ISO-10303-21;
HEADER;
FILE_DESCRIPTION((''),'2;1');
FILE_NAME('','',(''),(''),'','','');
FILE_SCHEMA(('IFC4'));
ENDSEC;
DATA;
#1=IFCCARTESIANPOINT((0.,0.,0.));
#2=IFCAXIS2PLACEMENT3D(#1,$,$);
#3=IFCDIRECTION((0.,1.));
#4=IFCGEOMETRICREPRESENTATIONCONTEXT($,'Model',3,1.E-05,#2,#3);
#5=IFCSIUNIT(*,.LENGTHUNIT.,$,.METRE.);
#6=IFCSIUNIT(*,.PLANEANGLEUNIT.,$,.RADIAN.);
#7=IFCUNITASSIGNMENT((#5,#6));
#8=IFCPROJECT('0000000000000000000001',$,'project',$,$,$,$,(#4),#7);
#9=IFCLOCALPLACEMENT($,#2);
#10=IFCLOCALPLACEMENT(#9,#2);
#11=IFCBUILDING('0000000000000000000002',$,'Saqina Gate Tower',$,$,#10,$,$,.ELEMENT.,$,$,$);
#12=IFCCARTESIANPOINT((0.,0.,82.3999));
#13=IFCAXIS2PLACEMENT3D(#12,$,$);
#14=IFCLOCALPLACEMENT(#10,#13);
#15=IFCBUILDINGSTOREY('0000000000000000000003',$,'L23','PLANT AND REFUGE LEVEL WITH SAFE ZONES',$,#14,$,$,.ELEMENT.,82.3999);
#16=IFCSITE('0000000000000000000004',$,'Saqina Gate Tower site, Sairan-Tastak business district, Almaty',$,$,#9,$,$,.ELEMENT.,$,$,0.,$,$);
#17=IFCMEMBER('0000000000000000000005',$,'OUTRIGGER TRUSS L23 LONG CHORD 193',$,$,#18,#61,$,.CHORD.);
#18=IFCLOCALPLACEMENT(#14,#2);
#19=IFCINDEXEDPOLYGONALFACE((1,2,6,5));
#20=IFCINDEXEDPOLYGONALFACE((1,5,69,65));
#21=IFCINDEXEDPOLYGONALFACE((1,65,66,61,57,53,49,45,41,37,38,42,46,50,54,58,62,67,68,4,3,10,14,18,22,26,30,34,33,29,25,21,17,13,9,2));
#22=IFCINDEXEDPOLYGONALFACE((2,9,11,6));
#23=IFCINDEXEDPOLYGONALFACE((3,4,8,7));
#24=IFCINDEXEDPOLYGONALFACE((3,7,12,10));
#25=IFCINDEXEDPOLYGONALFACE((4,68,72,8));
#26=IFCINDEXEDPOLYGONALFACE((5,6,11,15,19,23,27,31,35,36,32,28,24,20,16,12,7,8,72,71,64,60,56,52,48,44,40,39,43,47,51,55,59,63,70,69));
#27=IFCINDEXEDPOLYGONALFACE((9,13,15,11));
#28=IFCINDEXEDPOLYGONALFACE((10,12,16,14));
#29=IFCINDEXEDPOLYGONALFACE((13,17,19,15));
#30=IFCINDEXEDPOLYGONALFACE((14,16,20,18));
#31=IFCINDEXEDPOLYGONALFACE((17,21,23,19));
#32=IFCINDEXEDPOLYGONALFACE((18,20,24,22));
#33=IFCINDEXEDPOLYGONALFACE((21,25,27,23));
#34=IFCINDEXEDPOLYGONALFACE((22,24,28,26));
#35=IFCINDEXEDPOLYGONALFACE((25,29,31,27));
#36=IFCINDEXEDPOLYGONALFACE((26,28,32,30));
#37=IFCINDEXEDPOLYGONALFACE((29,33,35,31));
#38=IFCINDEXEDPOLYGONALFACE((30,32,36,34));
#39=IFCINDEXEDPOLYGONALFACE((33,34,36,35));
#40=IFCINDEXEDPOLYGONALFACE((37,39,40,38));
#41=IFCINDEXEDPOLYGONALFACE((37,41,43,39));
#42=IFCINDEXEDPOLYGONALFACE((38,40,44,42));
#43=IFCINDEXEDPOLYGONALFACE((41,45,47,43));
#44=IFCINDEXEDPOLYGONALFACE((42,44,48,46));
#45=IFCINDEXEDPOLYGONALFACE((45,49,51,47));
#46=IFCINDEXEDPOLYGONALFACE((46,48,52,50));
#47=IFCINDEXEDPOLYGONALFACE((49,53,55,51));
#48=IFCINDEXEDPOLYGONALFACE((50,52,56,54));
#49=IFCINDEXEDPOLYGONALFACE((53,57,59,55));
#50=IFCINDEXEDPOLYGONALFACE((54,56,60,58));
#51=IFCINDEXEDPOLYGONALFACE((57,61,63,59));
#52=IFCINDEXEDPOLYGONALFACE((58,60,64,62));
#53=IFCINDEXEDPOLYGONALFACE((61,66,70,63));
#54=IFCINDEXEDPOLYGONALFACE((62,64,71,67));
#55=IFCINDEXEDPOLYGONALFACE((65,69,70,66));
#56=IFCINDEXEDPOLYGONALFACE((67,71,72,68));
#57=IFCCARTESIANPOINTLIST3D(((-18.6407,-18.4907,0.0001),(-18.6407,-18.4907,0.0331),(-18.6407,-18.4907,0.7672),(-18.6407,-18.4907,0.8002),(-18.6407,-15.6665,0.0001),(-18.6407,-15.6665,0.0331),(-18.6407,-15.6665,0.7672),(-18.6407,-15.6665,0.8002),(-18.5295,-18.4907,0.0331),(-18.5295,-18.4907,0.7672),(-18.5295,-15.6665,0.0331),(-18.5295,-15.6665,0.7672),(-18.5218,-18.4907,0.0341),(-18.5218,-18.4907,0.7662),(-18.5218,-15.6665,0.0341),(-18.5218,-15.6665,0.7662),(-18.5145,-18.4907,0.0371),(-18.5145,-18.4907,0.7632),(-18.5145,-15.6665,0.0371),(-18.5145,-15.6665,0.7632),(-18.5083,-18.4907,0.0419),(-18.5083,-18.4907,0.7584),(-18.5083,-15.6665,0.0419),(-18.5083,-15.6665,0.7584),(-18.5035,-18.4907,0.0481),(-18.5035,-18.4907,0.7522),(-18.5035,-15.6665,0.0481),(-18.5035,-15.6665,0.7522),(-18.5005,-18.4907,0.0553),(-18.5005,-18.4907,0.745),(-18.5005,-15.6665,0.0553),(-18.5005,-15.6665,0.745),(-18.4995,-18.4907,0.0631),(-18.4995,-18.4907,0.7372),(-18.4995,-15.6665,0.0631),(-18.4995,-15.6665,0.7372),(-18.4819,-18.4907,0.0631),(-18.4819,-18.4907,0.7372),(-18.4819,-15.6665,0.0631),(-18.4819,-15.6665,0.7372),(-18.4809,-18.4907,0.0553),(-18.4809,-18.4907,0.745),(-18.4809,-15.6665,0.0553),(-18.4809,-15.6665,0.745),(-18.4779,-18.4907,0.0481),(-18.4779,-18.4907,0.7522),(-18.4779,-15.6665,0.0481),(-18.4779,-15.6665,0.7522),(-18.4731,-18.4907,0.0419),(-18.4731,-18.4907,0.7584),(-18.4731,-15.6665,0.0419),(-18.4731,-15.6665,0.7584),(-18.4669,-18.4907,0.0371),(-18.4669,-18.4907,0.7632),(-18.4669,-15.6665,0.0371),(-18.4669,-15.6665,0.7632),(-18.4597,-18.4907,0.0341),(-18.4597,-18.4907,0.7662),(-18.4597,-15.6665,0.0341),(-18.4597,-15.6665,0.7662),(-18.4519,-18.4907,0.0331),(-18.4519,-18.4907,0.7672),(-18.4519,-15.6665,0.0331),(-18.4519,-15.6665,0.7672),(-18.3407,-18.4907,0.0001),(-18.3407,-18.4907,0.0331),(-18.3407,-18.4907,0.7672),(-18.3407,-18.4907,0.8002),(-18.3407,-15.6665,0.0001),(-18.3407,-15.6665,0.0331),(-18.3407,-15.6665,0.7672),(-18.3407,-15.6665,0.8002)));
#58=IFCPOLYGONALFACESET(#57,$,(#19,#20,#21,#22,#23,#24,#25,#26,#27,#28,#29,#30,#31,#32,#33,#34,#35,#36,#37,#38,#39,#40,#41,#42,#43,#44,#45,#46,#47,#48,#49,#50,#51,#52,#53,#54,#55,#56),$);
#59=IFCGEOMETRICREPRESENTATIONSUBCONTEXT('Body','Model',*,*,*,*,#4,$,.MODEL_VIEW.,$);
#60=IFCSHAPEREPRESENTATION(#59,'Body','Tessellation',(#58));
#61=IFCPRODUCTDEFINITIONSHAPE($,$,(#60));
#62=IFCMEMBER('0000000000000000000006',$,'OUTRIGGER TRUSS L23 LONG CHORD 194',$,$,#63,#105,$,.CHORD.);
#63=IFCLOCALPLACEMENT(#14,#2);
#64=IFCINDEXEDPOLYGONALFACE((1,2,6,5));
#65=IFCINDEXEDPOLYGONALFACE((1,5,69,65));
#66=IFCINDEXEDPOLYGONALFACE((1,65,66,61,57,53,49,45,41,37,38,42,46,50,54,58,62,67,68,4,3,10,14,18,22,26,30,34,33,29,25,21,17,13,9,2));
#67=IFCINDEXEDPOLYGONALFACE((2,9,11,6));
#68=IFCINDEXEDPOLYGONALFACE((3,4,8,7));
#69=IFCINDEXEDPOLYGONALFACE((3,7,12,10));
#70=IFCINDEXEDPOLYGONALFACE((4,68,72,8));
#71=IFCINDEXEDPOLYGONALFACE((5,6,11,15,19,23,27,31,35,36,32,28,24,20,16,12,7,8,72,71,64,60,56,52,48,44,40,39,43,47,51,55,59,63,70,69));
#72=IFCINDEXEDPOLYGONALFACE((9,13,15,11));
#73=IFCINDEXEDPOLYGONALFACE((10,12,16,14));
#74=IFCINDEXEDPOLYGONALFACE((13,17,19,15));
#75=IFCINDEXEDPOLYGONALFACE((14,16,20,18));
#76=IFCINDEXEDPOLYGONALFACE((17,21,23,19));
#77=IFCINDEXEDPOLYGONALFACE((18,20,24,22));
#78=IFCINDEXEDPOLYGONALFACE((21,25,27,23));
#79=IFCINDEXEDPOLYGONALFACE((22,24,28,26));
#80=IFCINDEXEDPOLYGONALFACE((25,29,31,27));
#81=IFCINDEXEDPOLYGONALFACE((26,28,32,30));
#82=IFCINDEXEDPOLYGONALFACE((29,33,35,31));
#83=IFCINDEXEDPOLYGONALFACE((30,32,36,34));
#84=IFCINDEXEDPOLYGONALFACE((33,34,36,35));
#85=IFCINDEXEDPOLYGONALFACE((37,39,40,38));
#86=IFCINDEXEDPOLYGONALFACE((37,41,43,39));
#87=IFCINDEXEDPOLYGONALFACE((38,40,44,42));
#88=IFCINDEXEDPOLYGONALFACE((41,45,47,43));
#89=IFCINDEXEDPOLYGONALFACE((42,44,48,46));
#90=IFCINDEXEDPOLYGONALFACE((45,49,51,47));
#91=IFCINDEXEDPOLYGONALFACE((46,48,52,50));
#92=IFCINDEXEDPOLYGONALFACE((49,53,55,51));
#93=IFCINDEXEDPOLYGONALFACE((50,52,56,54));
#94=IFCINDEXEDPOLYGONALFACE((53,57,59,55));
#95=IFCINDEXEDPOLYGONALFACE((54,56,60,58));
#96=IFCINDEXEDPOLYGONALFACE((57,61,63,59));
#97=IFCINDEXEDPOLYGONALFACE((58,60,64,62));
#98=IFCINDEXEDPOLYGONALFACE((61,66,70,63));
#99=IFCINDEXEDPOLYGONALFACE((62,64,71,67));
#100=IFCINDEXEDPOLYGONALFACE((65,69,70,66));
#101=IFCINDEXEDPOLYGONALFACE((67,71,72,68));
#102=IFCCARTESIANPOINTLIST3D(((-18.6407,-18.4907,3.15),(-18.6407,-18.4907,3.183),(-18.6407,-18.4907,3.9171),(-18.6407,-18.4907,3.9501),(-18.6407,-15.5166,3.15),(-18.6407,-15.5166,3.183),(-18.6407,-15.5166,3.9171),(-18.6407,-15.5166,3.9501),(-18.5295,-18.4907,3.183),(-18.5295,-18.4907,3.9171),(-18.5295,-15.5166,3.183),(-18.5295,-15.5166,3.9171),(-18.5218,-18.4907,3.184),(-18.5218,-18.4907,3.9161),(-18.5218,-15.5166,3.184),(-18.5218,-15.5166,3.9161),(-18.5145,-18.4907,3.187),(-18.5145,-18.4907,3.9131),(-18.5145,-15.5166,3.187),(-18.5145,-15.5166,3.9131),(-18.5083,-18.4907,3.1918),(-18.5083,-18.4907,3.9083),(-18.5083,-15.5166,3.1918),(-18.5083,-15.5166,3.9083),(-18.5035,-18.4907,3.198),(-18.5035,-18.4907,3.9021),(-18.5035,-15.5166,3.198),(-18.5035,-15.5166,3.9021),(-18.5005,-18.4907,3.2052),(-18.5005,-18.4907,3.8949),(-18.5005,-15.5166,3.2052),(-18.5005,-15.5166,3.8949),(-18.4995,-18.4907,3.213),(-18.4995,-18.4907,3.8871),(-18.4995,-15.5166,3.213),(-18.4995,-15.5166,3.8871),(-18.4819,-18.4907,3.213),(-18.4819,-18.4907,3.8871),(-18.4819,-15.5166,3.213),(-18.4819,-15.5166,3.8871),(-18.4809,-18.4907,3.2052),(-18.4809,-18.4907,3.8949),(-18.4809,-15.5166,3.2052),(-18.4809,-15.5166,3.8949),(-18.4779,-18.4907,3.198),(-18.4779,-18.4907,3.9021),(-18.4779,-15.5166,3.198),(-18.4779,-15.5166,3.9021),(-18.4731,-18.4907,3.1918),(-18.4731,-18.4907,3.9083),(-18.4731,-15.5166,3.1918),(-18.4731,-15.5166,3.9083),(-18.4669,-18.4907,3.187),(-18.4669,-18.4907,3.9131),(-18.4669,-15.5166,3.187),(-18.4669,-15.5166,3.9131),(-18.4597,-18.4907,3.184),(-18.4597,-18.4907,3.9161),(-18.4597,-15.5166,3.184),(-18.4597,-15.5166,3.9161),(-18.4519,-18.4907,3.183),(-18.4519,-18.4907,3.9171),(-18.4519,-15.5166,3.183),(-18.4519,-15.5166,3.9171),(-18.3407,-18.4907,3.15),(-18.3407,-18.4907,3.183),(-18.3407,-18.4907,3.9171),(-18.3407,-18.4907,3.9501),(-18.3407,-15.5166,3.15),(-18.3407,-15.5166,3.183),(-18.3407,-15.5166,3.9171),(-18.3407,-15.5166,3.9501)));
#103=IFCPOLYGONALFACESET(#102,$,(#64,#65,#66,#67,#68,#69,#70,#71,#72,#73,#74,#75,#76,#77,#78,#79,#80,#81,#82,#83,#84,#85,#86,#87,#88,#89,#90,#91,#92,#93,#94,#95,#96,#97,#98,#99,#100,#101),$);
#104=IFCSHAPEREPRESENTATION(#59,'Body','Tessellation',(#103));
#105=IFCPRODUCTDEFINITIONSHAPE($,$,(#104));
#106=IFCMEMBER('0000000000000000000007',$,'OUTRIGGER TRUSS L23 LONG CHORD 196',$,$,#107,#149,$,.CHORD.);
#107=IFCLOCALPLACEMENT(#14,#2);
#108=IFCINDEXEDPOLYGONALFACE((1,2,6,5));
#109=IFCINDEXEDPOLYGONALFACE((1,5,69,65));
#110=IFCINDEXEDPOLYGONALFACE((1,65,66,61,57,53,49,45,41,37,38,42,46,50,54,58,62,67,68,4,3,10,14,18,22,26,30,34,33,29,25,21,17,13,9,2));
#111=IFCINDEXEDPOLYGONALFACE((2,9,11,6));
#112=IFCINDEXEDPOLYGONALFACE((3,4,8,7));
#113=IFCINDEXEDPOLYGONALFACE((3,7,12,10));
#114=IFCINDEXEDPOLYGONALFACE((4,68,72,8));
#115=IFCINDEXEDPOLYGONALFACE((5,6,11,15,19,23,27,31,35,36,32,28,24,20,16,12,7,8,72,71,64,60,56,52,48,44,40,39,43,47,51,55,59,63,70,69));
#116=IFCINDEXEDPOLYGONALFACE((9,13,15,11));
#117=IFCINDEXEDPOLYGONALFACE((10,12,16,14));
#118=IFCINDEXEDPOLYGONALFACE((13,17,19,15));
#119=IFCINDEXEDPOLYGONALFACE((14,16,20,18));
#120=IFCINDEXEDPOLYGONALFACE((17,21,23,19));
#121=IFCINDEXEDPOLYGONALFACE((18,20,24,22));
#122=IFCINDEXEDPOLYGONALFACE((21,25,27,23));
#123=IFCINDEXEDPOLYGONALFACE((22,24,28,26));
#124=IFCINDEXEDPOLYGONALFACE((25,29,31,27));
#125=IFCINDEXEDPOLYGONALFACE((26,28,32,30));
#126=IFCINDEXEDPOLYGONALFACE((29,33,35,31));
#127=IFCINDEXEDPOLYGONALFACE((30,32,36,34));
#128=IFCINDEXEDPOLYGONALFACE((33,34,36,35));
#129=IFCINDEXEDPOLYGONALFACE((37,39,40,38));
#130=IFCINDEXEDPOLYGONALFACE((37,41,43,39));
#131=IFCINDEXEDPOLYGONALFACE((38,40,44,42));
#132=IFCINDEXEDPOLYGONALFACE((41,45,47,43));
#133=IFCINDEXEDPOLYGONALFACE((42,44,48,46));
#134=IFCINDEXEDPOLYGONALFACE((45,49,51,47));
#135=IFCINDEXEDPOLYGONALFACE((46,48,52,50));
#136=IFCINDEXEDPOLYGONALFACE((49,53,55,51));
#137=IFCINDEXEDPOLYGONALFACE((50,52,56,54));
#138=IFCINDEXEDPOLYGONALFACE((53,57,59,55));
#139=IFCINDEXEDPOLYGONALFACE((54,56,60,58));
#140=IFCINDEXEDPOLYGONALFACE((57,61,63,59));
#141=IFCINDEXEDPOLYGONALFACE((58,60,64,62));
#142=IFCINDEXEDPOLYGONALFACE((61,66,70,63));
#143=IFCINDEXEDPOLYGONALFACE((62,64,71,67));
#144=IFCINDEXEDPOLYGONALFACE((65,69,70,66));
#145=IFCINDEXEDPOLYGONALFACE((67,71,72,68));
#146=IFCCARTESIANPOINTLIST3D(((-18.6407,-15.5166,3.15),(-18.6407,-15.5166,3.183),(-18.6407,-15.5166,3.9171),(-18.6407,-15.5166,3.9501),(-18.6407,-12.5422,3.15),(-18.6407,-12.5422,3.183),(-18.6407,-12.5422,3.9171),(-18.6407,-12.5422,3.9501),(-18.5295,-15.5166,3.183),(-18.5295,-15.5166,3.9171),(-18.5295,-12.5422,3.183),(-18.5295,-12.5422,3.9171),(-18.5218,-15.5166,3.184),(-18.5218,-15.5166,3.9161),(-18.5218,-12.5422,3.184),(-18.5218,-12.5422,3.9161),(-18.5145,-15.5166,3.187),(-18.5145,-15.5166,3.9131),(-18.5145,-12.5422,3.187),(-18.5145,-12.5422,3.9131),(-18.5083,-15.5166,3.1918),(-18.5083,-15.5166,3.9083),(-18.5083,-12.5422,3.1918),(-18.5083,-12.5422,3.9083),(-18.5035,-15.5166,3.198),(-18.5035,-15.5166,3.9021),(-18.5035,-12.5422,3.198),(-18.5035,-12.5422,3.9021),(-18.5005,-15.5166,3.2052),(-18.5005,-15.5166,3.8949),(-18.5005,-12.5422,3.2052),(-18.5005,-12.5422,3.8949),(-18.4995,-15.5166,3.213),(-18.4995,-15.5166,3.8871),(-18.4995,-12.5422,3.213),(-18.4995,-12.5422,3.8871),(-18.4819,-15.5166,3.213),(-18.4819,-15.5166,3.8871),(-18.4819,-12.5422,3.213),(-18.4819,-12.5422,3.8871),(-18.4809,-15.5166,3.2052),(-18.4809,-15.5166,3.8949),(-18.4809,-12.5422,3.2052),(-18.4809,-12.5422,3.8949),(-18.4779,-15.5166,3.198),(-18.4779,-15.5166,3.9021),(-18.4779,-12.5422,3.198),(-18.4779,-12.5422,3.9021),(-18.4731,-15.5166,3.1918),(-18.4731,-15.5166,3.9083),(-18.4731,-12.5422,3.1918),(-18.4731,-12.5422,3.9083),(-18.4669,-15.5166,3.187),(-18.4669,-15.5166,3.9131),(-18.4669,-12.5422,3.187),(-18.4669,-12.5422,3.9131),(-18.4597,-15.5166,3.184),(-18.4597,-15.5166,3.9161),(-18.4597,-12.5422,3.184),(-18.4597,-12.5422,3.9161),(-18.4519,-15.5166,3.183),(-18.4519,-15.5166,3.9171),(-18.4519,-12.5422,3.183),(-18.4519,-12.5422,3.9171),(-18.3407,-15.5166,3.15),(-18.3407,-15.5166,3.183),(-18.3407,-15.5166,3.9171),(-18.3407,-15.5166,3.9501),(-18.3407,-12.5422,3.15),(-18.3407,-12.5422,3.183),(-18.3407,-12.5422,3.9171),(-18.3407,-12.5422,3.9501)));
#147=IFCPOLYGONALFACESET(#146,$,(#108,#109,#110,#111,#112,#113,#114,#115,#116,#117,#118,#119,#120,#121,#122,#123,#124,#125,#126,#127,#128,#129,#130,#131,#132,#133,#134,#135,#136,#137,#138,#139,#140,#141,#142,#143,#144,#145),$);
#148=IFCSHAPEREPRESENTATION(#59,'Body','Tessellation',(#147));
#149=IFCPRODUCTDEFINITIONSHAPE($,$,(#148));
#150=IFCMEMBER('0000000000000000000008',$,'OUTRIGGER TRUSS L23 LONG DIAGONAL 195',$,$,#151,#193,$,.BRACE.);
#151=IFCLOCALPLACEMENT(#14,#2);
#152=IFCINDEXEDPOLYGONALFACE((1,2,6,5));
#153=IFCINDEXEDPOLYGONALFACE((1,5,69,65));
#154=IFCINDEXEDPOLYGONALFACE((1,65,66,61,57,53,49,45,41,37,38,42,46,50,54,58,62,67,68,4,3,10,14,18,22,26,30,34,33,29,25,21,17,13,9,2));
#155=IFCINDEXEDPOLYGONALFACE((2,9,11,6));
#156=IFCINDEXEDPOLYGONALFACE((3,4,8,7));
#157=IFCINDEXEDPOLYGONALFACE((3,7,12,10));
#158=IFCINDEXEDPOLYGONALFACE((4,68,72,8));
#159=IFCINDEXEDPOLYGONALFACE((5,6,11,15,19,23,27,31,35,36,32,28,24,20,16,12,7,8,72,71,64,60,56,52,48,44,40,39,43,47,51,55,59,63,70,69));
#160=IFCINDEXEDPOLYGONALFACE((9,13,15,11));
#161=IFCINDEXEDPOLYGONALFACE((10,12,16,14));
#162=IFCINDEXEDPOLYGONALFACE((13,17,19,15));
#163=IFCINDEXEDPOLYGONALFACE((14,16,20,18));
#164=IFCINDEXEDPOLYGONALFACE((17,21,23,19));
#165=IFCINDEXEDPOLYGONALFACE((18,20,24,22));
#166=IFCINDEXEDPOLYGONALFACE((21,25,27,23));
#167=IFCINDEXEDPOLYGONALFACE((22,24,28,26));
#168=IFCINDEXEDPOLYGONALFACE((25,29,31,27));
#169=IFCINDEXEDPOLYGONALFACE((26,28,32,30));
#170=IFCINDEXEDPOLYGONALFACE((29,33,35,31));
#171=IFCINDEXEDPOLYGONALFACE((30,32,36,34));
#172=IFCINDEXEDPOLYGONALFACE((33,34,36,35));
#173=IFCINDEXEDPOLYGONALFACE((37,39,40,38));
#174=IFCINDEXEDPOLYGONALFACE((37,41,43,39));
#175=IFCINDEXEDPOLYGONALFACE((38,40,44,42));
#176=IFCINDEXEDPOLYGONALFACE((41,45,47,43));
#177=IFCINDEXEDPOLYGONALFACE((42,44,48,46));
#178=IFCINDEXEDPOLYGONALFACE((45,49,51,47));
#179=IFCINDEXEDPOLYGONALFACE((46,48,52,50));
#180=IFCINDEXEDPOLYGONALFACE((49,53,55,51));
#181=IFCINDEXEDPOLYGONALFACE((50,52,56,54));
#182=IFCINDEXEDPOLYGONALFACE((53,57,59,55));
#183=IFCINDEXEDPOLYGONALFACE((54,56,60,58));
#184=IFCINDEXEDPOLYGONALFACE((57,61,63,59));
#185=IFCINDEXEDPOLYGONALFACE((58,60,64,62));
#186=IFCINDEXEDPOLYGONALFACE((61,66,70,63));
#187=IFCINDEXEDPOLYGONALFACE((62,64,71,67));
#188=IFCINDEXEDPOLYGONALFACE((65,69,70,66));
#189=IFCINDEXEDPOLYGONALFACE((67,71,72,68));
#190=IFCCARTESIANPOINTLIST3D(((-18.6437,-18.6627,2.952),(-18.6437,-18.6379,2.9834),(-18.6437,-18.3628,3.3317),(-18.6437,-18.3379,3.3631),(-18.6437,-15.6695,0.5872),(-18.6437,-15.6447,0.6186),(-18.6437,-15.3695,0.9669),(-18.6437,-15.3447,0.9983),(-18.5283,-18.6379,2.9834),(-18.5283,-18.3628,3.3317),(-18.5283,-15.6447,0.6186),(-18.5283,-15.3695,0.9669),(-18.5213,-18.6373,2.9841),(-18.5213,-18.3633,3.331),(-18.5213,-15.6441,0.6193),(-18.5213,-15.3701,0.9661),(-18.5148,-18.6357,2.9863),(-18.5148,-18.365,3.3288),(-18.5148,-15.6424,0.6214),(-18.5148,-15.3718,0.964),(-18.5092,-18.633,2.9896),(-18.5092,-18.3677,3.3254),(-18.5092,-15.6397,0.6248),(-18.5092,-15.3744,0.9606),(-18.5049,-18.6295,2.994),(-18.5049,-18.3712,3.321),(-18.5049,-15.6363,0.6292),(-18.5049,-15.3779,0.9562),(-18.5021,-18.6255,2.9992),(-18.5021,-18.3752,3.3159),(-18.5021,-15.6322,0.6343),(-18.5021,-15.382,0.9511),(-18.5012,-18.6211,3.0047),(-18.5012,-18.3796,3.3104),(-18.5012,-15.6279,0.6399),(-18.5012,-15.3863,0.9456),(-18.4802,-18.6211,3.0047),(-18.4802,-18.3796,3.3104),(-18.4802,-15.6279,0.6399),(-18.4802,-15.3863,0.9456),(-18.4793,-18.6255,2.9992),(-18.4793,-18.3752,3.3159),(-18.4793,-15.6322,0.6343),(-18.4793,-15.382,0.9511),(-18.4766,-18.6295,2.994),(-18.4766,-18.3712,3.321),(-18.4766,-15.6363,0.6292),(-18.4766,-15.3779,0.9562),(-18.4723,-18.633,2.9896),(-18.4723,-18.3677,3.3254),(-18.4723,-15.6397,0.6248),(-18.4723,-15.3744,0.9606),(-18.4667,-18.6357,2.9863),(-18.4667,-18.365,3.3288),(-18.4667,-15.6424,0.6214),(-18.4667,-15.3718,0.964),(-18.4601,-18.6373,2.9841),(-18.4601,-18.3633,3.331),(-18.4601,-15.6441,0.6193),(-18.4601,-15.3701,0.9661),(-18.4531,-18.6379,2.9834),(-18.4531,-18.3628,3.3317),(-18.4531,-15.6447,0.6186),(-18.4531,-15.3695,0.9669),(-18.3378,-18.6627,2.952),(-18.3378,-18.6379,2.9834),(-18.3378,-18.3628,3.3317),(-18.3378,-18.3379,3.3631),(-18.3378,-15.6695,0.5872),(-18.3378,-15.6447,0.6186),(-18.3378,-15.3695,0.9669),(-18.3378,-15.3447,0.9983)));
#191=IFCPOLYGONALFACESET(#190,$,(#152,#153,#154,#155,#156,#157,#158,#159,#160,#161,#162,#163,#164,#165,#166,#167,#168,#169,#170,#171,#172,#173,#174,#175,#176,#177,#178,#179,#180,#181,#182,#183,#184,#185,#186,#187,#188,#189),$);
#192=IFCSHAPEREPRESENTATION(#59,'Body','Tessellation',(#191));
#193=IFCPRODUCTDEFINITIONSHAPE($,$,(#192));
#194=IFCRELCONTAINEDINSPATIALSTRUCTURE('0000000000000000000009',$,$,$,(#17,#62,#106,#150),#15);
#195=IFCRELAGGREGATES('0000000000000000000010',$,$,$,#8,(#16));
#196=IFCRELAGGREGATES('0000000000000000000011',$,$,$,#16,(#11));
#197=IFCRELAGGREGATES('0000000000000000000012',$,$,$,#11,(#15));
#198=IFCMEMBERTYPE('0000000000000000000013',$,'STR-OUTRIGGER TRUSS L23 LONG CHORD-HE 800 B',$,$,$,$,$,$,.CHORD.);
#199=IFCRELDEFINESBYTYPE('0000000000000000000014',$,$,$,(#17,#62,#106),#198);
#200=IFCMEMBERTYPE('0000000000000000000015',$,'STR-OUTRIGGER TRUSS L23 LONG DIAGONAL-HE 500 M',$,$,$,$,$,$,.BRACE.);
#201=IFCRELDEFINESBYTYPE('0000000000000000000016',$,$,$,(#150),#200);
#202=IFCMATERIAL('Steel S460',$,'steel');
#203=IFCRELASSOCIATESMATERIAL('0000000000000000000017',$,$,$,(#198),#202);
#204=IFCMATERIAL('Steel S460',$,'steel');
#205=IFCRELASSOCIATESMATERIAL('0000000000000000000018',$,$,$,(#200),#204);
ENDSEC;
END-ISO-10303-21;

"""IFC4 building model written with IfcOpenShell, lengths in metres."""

from ifc_helpers import new_model, si_unit, direction, frame, origin, origin_2d, place, context, subcontext, project, spatial, i_section, extrude, material, material_profile, profile_set, type_object, element, save


model = new_model("IFC4")

# Units and contexts
model_context = context("Model", 3, precision=1e-05, world=origin(), true_north=direction((0.0, 1.0)))
body_context = subcontext(model_context, "Body", "Model", "MODEL_VIEW")
ifc_project = project(units=[si_unit("LENGTHUNIT", "METRE"), si_unit("PLANEANGLEUNIT", "RADIAN")], contexts=[model_context])

# Site, building, storey
site_placement = place(None, origin())
site = spatial("IfcSite", under=ifc_project, at=site_placement, Name="Saqina Gate Tower site, Sairan-Tastak business district, Almaty", CompositionType="ELEMENT", RefElevation=0.0)
building_placement = place(site_placement, origin())
building = spatial("IfcBuilding", under=site, at=building_placement, Name="Saqina Gate Tower", CompositionType="ELEMENT")
storey_placement = place(building_placement, frame((0.0, 0.0, 82.3999)))
storey = spatial("IfcBuildingStorey", under=building, at=storey_placement, Name="L23", Description="PLANT AND REFUGE LEVEL WITH SAFE ZONES", CompositionType="ELEMENT", Elevation=82.3999)

# Members
ifc_material_1 = material(Name="Steel S460", Category="steel")
ifc_material_profile_1 = material_profile(ifc_material_1, i_section(OverallWidth=0.3, OverallDepth=0.8, WebThickness=0.0176, FlangeThickness=0.033, FilletRadius=0.03, at=origin_2d()), Name="HE 800 B")
ifc_profile_set_1 = profile_set([ifc_material_profile_1], Name="Steel S460")
member_type_1 = type_object("IfcMemberType", Name="STR-OUTRIGGER TRUSS L23 LONG CHORD-HE 800 B", PredefinedType="CHORD", material=ifc_profile_set_1)
member_1_placement = place(storey_placement, frame((-18.4907, -15.6665, 0.4001), z_axis=(0.0, -1.0, 0.0), x_axis=(1.0, 0.0, 0.0)))
element("IfcMember", 1, at=member_1_placement, inside=storey, type_object=member_type_1, Name="OUTRIGGER TRUSS L23 LONG CHORD 193", PredefinedType="CHORD", context=body_context, shape_type="SweptSolid", body=[
    extrude(i_section(OverallWidth=0.3, OverallDepth=0.8, WebThickness=0.0176, FlangeThickness=0.033, FilletRadius=0.03, at=origin_2d()), origin(), (0.0, 0.0, 1.0), 2.8242),
])
member_2_placement = place(storey_placement, frame((-18.4907, -15.5166, 3.55), z_axis=(0.0, -1.0, 0.0), x_axis=(1.0, 0.0, 0.0)))
element("IfcMember", 2, at=member_2_placement, inside=storey, type_object=member_type_1, Name="OUTRIGGER TRUSS L23 LONG CHORD 194", PredefinedType="CHORD", context=body_context, shape_type="SweptSolid", body=[
    extrude(i_section(OverallWidth=0.3, OverallDepth=0.8, WebThickness=0.0176, FlangeThickness=0.033, FilletRadius=0.03, at=origin_2d()), origin(), (0.0, 0.0, 1.0), 2.9741),
])
member_3_placement = place(storey_placement, frame((-18.4907, -12.5422, 3.55), z_axis=(0.0, -1.0, 0.0), x_axis=(1.0, 0.0, 0.0)))
element("IfcMember", 3, at=member_3_placement, inside=storey, type_object=member_type_1, Name="OUTRIGGER TRUSS L23 LONG CHORD 196", PredefinedType="CHORD", context=body_context, shape_type="SweptSolid", body=[
    extrude(i_section(OverallWidth=0.3, OverallDepth=0.8, WebThickness=0.0176, FlangeThickness=0.033, FilletRadius=0.03, at=origin_2d()), origin(), (0.0, 0.0, 1.0), 2.9744),
])
ifc_material_2 = material(Name="Steel S460", Category="steel")
ifc_material_profile_2 = material_profile(ifc_material_2, i_section(OverallWidth=0.3059, OverallDepth=0.5239, WebThickness=0.021, FlangeThickness=0.04, FilletRadius=0.0271, at=origin_2d()), Name="HE 500 M")
ifc_profile_set_2 = profile_set([ifc_material_profile_2], Name="Steel S460")
member_type_2 = type_object("IfcMemberType", Name="STR-OUTRIGGER TRUSS L23 LONG DIAGONAL-HE 500 M", PredefinedType="BRACE", material=ifc_profile_set_2)
member_4_placement = place(storey_placement, frame((-18.4907, -15.5071, 0.7927), z_axis=(0.0, -0.784663, 0.619922), x_axis=(1.0, 0.0, 0.0)))
element("IfcMember", 4, at=member_4_placement, inside=storey, type_object=member_type_2, Name="OUTRIGGER TRUSS L23 LONG DIAGONAL 195", PredefinedType="BRACE", context=body_context, shape_type="SweptSolid", body=[
    extrude(i_section(OverallWidth=0.3059, OverallDepth=0.5239, WebThickness=0.021, FlangeThickness=0.04, FilletRadius=0.0271, at=origin_2d()), origin(), (0.0, 0.0, 1.0), 3.8147),
])

save(model, "model.ifc")
